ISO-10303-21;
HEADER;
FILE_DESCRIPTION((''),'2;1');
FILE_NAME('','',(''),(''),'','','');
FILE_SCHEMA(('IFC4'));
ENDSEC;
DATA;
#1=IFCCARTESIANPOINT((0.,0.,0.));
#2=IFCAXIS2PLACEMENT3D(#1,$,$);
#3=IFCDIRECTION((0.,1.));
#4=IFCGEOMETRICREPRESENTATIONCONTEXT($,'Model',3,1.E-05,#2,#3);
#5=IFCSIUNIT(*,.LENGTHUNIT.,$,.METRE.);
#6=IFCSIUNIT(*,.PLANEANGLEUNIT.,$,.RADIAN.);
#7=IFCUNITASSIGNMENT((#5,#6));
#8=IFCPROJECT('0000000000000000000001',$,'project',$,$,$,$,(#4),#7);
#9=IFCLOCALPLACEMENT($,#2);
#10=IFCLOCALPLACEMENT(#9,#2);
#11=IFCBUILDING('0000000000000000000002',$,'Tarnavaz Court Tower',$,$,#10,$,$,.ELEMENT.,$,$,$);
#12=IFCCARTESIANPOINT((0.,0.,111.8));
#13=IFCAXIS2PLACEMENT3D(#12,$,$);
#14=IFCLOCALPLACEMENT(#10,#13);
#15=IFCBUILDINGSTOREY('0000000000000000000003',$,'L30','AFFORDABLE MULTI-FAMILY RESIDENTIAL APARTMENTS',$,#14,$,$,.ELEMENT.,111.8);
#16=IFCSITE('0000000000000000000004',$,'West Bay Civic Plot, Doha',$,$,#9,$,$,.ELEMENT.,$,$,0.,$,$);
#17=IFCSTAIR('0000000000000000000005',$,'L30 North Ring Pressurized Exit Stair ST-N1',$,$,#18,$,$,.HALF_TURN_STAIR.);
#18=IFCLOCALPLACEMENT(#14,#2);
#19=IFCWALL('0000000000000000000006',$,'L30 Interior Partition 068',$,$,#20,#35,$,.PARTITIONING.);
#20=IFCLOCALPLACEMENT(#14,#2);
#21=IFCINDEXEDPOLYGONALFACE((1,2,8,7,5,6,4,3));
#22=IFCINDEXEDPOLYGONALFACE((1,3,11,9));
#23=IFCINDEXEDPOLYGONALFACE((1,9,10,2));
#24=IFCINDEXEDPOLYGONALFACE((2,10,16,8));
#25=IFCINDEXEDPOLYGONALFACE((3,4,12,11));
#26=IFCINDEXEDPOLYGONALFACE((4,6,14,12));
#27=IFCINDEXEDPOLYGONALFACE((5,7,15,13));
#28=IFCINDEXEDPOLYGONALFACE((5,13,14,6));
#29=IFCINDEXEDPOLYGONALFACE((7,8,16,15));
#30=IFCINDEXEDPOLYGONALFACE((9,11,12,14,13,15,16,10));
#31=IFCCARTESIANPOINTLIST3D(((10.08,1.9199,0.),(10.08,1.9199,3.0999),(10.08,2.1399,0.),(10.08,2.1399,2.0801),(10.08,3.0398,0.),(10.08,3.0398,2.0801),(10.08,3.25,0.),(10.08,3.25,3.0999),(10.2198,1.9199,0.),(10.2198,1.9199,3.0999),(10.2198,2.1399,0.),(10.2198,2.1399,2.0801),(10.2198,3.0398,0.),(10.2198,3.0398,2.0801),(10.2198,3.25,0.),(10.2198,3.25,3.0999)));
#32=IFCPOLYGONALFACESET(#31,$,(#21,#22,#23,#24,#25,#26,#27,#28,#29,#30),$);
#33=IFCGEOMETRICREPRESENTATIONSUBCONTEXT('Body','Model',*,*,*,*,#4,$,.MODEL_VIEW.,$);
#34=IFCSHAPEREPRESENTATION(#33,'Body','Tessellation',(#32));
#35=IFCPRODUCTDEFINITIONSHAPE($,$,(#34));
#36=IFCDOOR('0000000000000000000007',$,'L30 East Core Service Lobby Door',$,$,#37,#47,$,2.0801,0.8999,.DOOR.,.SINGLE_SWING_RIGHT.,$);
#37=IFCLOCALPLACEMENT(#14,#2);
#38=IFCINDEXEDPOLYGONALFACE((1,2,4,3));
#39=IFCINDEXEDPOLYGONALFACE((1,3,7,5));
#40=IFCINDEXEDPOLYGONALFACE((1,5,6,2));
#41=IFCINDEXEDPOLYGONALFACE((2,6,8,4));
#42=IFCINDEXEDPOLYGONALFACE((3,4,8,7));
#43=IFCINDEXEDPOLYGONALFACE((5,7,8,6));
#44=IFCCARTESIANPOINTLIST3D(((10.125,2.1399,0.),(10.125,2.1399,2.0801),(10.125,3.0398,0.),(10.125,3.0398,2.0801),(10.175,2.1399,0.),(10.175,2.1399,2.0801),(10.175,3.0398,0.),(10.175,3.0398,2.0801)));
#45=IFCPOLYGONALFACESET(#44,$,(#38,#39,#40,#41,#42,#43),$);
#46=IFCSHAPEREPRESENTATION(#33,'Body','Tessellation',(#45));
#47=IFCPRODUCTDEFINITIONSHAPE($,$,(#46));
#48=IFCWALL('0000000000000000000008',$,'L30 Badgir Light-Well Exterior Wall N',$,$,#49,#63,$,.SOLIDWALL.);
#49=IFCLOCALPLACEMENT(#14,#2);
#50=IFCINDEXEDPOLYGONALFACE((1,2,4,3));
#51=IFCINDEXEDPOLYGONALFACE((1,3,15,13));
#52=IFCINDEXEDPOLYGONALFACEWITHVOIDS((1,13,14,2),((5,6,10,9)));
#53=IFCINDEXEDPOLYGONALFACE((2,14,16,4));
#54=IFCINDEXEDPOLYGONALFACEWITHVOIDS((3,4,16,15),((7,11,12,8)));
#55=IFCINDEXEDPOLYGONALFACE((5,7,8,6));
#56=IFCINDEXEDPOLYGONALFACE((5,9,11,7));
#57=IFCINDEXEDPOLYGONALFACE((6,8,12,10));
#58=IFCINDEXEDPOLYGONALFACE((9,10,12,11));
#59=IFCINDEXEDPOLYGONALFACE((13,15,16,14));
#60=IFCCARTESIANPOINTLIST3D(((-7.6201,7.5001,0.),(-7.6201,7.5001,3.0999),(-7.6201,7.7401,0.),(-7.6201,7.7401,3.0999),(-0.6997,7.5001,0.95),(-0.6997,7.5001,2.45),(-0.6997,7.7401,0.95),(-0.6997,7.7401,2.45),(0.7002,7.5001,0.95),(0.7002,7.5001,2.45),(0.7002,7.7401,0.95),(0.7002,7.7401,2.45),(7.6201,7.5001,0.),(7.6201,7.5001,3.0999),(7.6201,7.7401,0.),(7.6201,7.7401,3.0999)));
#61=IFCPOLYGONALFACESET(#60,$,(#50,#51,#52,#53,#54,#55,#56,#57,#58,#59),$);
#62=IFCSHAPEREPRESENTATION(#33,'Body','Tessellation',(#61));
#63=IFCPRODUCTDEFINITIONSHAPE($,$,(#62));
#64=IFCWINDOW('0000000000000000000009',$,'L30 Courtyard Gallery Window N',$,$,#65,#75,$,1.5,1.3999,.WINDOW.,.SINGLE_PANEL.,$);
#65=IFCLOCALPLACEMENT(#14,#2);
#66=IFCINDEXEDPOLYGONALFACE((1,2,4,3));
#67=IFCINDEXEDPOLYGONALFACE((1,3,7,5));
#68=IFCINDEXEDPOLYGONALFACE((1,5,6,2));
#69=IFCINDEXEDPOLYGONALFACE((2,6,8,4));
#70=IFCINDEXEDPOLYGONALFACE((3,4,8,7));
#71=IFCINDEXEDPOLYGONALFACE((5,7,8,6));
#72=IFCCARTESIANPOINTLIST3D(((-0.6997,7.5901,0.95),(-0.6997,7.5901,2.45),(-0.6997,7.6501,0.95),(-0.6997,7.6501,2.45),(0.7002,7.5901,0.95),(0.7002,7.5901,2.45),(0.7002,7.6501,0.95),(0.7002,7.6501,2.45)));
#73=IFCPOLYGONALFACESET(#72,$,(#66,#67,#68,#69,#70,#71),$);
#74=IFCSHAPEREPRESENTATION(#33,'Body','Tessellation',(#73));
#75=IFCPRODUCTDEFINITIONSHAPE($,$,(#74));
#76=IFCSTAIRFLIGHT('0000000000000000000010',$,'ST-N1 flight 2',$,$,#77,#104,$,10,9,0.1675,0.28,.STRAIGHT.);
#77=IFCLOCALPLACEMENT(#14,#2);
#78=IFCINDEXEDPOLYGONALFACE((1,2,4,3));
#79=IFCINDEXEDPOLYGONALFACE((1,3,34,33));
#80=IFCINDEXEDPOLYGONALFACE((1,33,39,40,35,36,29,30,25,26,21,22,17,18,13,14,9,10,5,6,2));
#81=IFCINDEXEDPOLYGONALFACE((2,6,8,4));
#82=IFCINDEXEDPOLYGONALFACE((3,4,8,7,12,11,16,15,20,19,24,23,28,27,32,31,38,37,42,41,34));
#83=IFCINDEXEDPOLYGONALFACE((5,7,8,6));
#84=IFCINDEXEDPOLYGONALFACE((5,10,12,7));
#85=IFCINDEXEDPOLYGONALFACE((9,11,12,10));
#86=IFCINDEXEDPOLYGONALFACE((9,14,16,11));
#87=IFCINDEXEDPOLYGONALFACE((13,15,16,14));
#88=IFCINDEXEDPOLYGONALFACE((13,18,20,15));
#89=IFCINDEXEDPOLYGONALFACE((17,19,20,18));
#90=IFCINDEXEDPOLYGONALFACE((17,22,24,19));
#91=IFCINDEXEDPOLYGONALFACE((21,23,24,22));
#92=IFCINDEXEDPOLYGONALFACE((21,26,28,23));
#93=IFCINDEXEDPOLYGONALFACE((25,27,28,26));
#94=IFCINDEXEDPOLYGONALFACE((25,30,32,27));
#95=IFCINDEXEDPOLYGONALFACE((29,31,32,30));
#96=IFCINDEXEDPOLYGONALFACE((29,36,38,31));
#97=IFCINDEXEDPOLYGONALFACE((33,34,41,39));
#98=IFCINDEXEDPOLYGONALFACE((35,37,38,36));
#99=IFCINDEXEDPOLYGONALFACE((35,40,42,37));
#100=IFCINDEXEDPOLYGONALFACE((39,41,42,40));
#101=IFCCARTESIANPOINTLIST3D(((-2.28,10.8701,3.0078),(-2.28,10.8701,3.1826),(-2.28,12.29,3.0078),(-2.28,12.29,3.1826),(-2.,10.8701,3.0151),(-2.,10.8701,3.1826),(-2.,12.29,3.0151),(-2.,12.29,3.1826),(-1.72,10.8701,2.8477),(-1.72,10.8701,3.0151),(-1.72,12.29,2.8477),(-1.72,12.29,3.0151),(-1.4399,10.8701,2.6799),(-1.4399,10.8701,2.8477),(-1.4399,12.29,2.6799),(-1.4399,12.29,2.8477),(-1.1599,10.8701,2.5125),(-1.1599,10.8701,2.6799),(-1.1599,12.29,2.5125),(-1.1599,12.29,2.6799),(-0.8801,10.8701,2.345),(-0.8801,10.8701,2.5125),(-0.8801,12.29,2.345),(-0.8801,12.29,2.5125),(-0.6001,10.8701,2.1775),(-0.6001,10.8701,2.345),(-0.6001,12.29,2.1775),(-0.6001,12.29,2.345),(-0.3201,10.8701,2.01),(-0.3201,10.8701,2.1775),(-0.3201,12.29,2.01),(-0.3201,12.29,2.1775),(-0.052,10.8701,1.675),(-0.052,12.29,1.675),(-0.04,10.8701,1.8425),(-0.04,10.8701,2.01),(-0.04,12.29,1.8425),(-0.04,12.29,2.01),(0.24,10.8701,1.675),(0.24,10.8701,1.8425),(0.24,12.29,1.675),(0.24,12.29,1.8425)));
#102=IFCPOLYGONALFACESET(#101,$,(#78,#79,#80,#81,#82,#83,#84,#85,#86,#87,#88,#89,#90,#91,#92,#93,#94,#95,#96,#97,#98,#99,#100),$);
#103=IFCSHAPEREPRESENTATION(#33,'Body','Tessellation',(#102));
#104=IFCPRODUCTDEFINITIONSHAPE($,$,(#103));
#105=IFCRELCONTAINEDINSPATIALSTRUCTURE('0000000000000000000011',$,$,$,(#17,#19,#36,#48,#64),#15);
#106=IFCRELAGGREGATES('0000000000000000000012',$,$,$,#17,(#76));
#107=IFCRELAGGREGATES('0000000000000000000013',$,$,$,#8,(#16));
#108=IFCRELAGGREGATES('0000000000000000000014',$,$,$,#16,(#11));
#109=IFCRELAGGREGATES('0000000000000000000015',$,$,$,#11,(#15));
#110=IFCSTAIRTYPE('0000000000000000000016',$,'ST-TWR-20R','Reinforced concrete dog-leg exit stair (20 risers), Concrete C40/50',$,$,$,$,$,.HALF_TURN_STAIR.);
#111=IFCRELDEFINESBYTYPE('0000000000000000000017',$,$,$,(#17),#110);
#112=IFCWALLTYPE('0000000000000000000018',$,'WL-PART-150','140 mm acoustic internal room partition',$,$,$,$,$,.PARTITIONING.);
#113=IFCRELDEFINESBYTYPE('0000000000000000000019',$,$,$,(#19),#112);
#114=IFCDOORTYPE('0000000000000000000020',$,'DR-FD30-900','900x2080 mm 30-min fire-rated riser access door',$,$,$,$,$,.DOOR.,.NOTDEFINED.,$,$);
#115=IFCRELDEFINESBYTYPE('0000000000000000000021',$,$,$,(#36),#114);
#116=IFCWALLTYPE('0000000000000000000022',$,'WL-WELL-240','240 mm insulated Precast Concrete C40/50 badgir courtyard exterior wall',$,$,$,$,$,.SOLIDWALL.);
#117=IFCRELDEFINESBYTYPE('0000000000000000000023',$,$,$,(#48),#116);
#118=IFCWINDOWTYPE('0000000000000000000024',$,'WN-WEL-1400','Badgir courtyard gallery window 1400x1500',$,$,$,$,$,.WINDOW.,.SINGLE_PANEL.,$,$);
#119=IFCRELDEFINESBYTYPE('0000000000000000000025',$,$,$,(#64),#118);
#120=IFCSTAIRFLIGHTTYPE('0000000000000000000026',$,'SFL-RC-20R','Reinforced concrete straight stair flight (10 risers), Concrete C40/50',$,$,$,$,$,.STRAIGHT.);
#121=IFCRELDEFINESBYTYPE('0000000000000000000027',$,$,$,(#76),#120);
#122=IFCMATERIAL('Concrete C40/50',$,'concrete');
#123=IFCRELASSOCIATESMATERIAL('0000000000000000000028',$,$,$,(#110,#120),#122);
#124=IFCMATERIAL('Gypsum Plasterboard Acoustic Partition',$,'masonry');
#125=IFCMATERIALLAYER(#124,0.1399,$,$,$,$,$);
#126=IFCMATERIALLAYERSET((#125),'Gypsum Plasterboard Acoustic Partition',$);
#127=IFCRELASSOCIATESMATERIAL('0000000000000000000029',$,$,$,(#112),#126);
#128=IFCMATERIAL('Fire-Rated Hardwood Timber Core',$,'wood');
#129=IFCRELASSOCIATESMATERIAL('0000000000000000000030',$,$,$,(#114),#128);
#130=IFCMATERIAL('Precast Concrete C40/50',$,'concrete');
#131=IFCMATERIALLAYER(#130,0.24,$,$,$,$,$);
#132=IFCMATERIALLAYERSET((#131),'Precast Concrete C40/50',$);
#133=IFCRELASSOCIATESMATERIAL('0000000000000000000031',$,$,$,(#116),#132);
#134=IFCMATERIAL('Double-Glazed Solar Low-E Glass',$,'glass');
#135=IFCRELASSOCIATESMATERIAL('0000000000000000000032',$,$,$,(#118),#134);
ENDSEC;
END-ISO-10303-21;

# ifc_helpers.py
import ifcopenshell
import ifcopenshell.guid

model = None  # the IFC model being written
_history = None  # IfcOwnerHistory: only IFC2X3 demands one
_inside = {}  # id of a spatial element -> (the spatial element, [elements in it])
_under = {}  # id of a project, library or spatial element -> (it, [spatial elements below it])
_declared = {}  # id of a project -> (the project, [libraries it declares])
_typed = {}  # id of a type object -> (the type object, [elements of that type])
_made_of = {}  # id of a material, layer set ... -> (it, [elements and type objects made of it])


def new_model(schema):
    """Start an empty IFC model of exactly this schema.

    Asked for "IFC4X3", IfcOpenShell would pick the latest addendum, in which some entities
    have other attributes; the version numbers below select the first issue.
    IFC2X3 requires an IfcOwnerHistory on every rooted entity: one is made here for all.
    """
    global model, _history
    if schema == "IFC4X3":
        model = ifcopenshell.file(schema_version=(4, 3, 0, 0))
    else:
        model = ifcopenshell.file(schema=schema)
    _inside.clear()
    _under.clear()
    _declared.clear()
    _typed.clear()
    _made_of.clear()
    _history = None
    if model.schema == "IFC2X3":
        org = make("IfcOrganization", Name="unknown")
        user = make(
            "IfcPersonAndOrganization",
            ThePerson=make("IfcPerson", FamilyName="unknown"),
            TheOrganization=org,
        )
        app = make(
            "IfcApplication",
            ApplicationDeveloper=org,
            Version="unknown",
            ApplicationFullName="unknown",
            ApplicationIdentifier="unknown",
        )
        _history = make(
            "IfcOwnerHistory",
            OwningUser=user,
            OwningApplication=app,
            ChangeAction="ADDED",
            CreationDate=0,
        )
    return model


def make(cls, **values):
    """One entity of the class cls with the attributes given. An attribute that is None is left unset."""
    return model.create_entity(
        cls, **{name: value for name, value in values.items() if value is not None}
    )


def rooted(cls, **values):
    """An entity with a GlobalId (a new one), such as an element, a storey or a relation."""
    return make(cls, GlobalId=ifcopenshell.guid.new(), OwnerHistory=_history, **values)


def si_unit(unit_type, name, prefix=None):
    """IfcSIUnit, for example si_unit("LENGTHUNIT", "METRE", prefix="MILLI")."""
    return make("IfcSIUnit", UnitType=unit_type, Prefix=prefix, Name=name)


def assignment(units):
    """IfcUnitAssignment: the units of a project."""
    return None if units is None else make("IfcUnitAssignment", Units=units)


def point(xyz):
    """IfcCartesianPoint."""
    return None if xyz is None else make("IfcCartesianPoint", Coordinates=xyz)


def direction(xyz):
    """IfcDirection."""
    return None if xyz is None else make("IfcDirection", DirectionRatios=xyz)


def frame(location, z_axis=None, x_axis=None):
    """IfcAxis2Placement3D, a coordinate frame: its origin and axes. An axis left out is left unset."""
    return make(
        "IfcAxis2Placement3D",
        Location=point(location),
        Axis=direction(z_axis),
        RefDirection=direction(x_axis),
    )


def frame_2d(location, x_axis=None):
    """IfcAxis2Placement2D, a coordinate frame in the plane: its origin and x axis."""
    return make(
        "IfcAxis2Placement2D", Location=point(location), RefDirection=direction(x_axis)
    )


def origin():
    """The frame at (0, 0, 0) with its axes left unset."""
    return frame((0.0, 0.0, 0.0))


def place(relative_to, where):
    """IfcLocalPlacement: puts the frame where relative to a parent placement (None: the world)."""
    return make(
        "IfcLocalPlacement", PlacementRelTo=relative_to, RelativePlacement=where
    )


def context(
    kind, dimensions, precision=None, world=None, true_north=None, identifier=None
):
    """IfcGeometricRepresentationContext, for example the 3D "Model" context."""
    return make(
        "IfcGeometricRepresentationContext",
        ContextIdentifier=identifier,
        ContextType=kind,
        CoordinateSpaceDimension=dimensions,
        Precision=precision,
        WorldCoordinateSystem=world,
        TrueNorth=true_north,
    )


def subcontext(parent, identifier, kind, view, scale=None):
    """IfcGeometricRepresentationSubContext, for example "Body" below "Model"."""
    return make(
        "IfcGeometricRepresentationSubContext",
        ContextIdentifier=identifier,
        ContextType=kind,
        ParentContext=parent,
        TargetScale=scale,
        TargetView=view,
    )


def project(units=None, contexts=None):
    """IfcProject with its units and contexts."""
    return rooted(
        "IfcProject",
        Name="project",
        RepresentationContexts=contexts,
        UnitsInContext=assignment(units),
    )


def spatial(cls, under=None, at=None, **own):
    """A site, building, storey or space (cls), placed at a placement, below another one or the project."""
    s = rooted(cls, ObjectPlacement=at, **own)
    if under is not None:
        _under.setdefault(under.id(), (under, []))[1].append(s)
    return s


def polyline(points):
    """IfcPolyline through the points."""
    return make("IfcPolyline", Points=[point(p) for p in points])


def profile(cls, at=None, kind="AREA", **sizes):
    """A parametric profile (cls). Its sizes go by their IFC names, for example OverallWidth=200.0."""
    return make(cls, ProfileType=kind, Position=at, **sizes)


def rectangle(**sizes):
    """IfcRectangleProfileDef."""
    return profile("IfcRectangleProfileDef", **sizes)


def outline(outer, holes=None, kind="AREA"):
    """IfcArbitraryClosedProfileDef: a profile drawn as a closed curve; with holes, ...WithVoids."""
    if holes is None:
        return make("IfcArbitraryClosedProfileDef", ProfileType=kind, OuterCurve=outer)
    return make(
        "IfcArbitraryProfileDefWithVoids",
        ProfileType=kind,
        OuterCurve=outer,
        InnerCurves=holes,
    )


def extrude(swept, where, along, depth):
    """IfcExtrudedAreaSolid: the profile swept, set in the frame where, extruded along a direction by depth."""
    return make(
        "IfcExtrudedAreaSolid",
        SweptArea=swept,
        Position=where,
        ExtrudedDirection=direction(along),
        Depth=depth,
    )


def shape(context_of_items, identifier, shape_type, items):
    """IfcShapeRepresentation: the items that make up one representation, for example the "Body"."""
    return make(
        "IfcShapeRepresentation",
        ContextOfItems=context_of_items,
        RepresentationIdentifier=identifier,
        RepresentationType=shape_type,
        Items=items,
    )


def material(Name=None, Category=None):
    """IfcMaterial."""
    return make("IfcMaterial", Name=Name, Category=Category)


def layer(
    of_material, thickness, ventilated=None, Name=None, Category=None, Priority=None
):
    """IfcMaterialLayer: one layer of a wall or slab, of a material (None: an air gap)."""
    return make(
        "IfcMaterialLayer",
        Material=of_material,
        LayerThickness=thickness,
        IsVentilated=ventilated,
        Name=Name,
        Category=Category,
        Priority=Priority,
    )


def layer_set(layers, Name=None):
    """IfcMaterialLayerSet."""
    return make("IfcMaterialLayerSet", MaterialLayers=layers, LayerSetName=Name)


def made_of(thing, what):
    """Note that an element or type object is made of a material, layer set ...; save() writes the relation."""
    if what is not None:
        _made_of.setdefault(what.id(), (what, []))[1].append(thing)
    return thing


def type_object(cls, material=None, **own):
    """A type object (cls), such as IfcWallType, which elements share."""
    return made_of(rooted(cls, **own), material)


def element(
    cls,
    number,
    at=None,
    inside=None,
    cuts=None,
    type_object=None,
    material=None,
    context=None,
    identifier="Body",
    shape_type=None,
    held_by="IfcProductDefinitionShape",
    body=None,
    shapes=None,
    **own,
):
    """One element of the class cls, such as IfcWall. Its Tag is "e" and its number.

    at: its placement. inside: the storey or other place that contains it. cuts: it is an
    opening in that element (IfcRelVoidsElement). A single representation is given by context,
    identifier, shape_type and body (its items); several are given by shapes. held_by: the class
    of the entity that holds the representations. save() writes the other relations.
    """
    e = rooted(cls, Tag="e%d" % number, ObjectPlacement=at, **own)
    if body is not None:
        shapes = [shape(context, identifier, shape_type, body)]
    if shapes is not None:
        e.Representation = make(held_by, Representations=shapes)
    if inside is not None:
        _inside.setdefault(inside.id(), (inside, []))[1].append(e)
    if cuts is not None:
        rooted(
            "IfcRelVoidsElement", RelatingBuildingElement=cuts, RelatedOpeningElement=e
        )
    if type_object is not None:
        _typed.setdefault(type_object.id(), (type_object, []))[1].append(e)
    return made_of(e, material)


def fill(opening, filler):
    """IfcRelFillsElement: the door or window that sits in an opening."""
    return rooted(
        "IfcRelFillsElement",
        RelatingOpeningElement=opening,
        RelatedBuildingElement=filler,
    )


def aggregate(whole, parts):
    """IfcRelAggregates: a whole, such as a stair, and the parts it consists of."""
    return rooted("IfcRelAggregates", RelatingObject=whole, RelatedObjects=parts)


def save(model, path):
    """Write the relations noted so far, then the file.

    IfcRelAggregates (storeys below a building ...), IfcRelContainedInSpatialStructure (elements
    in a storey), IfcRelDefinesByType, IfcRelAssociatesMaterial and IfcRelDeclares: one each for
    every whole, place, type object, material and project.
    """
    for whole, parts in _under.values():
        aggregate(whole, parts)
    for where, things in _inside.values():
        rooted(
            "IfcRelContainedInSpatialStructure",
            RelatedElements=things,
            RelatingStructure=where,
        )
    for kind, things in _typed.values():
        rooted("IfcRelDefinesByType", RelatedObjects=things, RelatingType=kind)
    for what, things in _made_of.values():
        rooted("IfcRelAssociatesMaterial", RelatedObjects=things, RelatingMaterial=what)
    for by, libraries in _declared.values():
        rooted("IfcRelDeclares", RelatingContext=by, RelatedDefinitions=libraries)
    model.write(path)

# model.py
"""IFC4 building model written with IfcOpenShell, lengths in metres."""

from ifc_helpers import new_model, si_unit, direction, frame, frame_2d, origin, place, context, subcontext, project, spatial, polyline, rectangle, outline, extrude, material, layer, layer_set, type_object, element, fill, aggregate, save


model = new_model("IFC4")

# Units and contexts
model_context = context("Model", 3, precision=1e-05, world=origin(), true_north=direction((0.0, 1.0)))
body_context = subcontext(model_context, "Body", "Model", "MODEL_VIEW")
ifc_project = project(units=[si_unit("LENGTHUNIT", "METRE"), si_unit("PLANEANGLEUNIT", "RADIAN")], contexts=[model_context])

# Site, building, storey
site_placement = place(None, origin())
site = spatial("IfcSite", under=ifc_project, at=site_placement, Name="West Bay Civic Plot, Doha", CompositionType="ELEMENT", RefElevation=0.0)
building_placement = place(site_placement, origin())
building = spatial("IfcBuilding", under=site, at=building_placement, Name="Tarnavaz Court Tower", CompositionType="ELEMENT")
storey_placement = place(building_placement, frame((0.0, 0.0, 111.8)))
storey = spatial("IfcBuildingStorey", under=building, at=storey_placement, Name="L30", Description="AFFORDABLE MULTI-FAMILY RESIDENTIAL APARTMENTS", CompositionType="ELEMENT", Elevation=111.8)

# Stair
ifc_material_1 = material(Name="Concrete C40/50", Category="concrete")
stair_type = type_object("IfcStairType", Name="ST-TWR-20R", Description="Reinforced concrete dog-leg exit stair (20 risers), Concrete C40/50", PredefinedType="HALF_TURN_STAIR", material=ifc_material_1)
stair_1_placement = place(storey_placement, origin())
stair_1 = element("IfcStair", 1, at=stair_1_placement, inside=storey, type_object=stair_type, Name="L30 North Ring Pressurized Exit Stair ST-N1", PredefinedType="HALF_TURN_STAIR")

# Shared definitions
ifc_material_2 = material(Name="Fire-Rated Hardwood Timber Core", Category="wood")

# Wall, opening, door
ifc_material_3 = material(Name="Gypsum Plasterboard Acoustic Partition", Category="masonry")
ifc_layer_1 = layer(ifc_material_3, 0.1399)
ifc_layer_set_1 = layer_set([ifc_layer_1], Name="Gypsum Plasterboard Acoustic Partition")
wall_type_1 = type_object("IfcWallType", Name="WL-PART-150", Description="140 mm acoustic internal room partition", PredefinedType="PARTITIONING", material=ifc_layer_set_1)
wall_1_placement = place(storey_placement, frame((10.1499, 1.9199, 0.0), z_axis=(0.0, 0.0, 1.0), x_axis=(0.0, 1.0, 0.0)))
wall_1 = element("IfcWall", 2, at=wall_1_placement, inside=storey, type_object=wall_type_1, Name="L30 Interior Partition 068", PredefinedType="PARTITIONING", context=body_context, shape_type="SweptSolid", body=[
    extrude(rectangle(XDim=1.3301, YDim=0.1399, at=frame_2d((0.665, 0.0))), origin(), (0.0, 0.0, 1.0), 3.0999),
])
opening_1_placement = place(wall_1_placement, frame((0.22, 0.0, 0.0)))
opening_1 = element("IfcOpeningElement", 3, at=opening_1_placement, cuts=wall_1, PredefinedType="OPENING", context=body_context, shape_type="SweptSolid", body=[
    extrude(rectangle(XDim=0.8999, YDim=2.0801, at=frame_2d((0.45, 1.04))), frame((0.0, 0.0798, 0.0), z_axis=(0.0, -1.0, 0.0), x_axis=(1.0, 0.0, 0.0)), (0.0, 0.0, 1.0), 0.1599),
])
door_type_1 = type_object("IfcDoorType", Name="DR-FD30-900", Description="900x2080 mm 30-min fire-rated riser access door", OperationType="NOTDEFINED", PredefinedType="DOOR", material=ifc_material_2)
door_1_placement = place(opening_1_placement, origin())
door_1 = element("IfcDoor", 4, at=door_1_placement, inside=storey, type_object=door_type_1, Name="L30 East Core Service Lobby Door", OperationType="SINGLE_SWING_RIGHT", OverallHeight=2.0801, OverallWidth=0.8999, PredefinedType="DOOR", context=body_context, shape_type="SweptSolid", body=[
    extrude(rectangle(XDim=0.8999, YDim=2.0801, at=frame_2d((0.45, 1.04))), frame((0.0, 0.0249, 0.0), z_axis=(0.0, -1.0, 0.0), x_axis=(1.0, 0.0, 0.0)), (0.0, 0.0, 1.0), 0.05),
])
fill(opening_1, door_1)

# Wall, opening, window
ifc_material_4 = material(Name="Precast Concrete C40/50", Category="concrete")
ifc_layer_2 = layer(ifc_material_4, 0.24)
ifc_layer_set_2 = layer_set([ifc_layer_2], Name="Precast Concrete C40/50")
wall_type_2 = type_object("IfcWallType", Name="WL-WELL-240", Description="240 mm insulated Precast Concrete C40/50 badgir courtyard exterior wall", PredefinedType="SOLIDWALL", material=ifc_layer_set_2)
wall_2_placement = place(storey_placement, frame((7.6201, 7.6201, 0.0), z_axis=(0.0, 0.0, 1.0), x_axis=(-1.0, 0.0, 0.0)))
wall_2 = element("IfcWall", 5, at=wall_2_placement, inside=storey, type_object=wall_type_2, Name="L30 Badgir Light-Well Exterior Wall N", PredefinedType="SOLIDWALL", context=body_context, shape_type="SweptSolid", body=[
    extrude(rectangle(XDim=15.2402, YDim=0.24, at=frame_2d((7.6201, 0.0))), origin(), (0.0, 0.0, 1.0), 3.0999),
])
opening_2_placement = place(wall_2_placement, frame((6.9199, 0.0, 0.95)))
opening_2 = element("IfcOpeningElement", 6, at=opening_2_placement, cuts=wall_2, PredefinedType="OPENING", context=body_context, shape_type="SweptSolid", body=[
    extrude(rectangle(XDim=1.3999, YDim=1.5, at=frame_2d((0.7, 0.75))), frame((0.0, 0.1299, 0.0), z_axis=(0.0, -1.0, 0.0), x_axis=(1.0, 0.0, 0.0)), (0.0, 0.0, 1.0), 0.26),
])
ifc_material_5 = material(Name="Double-Glazed Solar Low-E Glass", Category="glass")
window_type = type_object("IfcWindowType", Name="WN-WEL-1400", Description="Badgir courtyard gallery window 1400x1500", PartitioningType="SINGLE_PANEL", PredefinedType="WINDOW", material=ifc_material_5)
window_placement = place(opening_2_placement, origin())
window = element("IfcWindow", 7, at=window_placement, inside=storey, type_object=window_type, Name="L30 Courtyard Gallery Window N", OverallHeight=1.5, OverallWidth=1.3999, PartitioningType="SINGLE_PANEL", PredefinedType="WINDOW", context=body_context, shape_type="SweptSolid", body=[
    extrude(rectangle(XDim=1.3999, YDim=1.5, at=frame_2d((0.7, 0.75))), frame((0.0, 0.03, 0.0), z_axis=(0.0, -1.0, 0.0), x_axis=(1.0, 0.0, 0.0)), (0.0, 0.0, 1.0), 0.0601),
])
fill(opening_2, window)

# Stair flight
stair_flight_type = type_object("IfcStairFlightType", Name="SFL-RC-20R", Description="Reinforced concrete straight stair flight (10 risers), Concrete C40/50", PredefinedType="STRAIGHT", material=ifc_material_1)
stair_flight_placement = place(storey_placement, frame((0.24, 11.5801, 1.675), z_axis=(0.0, 0.0, 1.0), x_axis=(-1.0, 0.0, 0.0)))
stair_flight = element("IfcStairFlight", 8, at=stair_flight_placement, type_object=stair_flight_type, Name="ST-N1 flight 2", NumberOfRisers=10, NumberOfTreads=9, PredefinedType="STRAIGHT", RiserHeight=0.1675, TreadLength=0.28, context=body_context, shape_type="SweptSolid", body=[
    extrude(outline(polyline([(0.0, 0.0), (0.0, 0.1675), (0.28, 0.1675), (0.28, 0.335), (0.5601, 0.335), (0.5601, 0.5024), (0.8401, 0.5024), (0.8401, 0.6699), (1.1201, 0.6699), (1.1201, 0.8374), (1.3999, 0.8374), (1.3999, 1.0049), (1.6799, 1.0049), (1.6799, 1.1726), (1.96, 1.1726), (1.96, 1.3401), (2.24, 1.3401), (2.24, 1.5076), (2.52, 1.5076), (2.52, 1.675), (2.52, 1.3328), (0.292, 0.0), (0.0, 0.0)])), frame((0.0, 0.71, 0.0), z_axis=(0.0, -1.0, 0.0), x_axis=(1.0, 0.0, 0.0)), (0.0, 0.0, 1.0), 1.4199),
])
aggregate(stair_1, [stair_flight])

save(model, "model.ifc")
